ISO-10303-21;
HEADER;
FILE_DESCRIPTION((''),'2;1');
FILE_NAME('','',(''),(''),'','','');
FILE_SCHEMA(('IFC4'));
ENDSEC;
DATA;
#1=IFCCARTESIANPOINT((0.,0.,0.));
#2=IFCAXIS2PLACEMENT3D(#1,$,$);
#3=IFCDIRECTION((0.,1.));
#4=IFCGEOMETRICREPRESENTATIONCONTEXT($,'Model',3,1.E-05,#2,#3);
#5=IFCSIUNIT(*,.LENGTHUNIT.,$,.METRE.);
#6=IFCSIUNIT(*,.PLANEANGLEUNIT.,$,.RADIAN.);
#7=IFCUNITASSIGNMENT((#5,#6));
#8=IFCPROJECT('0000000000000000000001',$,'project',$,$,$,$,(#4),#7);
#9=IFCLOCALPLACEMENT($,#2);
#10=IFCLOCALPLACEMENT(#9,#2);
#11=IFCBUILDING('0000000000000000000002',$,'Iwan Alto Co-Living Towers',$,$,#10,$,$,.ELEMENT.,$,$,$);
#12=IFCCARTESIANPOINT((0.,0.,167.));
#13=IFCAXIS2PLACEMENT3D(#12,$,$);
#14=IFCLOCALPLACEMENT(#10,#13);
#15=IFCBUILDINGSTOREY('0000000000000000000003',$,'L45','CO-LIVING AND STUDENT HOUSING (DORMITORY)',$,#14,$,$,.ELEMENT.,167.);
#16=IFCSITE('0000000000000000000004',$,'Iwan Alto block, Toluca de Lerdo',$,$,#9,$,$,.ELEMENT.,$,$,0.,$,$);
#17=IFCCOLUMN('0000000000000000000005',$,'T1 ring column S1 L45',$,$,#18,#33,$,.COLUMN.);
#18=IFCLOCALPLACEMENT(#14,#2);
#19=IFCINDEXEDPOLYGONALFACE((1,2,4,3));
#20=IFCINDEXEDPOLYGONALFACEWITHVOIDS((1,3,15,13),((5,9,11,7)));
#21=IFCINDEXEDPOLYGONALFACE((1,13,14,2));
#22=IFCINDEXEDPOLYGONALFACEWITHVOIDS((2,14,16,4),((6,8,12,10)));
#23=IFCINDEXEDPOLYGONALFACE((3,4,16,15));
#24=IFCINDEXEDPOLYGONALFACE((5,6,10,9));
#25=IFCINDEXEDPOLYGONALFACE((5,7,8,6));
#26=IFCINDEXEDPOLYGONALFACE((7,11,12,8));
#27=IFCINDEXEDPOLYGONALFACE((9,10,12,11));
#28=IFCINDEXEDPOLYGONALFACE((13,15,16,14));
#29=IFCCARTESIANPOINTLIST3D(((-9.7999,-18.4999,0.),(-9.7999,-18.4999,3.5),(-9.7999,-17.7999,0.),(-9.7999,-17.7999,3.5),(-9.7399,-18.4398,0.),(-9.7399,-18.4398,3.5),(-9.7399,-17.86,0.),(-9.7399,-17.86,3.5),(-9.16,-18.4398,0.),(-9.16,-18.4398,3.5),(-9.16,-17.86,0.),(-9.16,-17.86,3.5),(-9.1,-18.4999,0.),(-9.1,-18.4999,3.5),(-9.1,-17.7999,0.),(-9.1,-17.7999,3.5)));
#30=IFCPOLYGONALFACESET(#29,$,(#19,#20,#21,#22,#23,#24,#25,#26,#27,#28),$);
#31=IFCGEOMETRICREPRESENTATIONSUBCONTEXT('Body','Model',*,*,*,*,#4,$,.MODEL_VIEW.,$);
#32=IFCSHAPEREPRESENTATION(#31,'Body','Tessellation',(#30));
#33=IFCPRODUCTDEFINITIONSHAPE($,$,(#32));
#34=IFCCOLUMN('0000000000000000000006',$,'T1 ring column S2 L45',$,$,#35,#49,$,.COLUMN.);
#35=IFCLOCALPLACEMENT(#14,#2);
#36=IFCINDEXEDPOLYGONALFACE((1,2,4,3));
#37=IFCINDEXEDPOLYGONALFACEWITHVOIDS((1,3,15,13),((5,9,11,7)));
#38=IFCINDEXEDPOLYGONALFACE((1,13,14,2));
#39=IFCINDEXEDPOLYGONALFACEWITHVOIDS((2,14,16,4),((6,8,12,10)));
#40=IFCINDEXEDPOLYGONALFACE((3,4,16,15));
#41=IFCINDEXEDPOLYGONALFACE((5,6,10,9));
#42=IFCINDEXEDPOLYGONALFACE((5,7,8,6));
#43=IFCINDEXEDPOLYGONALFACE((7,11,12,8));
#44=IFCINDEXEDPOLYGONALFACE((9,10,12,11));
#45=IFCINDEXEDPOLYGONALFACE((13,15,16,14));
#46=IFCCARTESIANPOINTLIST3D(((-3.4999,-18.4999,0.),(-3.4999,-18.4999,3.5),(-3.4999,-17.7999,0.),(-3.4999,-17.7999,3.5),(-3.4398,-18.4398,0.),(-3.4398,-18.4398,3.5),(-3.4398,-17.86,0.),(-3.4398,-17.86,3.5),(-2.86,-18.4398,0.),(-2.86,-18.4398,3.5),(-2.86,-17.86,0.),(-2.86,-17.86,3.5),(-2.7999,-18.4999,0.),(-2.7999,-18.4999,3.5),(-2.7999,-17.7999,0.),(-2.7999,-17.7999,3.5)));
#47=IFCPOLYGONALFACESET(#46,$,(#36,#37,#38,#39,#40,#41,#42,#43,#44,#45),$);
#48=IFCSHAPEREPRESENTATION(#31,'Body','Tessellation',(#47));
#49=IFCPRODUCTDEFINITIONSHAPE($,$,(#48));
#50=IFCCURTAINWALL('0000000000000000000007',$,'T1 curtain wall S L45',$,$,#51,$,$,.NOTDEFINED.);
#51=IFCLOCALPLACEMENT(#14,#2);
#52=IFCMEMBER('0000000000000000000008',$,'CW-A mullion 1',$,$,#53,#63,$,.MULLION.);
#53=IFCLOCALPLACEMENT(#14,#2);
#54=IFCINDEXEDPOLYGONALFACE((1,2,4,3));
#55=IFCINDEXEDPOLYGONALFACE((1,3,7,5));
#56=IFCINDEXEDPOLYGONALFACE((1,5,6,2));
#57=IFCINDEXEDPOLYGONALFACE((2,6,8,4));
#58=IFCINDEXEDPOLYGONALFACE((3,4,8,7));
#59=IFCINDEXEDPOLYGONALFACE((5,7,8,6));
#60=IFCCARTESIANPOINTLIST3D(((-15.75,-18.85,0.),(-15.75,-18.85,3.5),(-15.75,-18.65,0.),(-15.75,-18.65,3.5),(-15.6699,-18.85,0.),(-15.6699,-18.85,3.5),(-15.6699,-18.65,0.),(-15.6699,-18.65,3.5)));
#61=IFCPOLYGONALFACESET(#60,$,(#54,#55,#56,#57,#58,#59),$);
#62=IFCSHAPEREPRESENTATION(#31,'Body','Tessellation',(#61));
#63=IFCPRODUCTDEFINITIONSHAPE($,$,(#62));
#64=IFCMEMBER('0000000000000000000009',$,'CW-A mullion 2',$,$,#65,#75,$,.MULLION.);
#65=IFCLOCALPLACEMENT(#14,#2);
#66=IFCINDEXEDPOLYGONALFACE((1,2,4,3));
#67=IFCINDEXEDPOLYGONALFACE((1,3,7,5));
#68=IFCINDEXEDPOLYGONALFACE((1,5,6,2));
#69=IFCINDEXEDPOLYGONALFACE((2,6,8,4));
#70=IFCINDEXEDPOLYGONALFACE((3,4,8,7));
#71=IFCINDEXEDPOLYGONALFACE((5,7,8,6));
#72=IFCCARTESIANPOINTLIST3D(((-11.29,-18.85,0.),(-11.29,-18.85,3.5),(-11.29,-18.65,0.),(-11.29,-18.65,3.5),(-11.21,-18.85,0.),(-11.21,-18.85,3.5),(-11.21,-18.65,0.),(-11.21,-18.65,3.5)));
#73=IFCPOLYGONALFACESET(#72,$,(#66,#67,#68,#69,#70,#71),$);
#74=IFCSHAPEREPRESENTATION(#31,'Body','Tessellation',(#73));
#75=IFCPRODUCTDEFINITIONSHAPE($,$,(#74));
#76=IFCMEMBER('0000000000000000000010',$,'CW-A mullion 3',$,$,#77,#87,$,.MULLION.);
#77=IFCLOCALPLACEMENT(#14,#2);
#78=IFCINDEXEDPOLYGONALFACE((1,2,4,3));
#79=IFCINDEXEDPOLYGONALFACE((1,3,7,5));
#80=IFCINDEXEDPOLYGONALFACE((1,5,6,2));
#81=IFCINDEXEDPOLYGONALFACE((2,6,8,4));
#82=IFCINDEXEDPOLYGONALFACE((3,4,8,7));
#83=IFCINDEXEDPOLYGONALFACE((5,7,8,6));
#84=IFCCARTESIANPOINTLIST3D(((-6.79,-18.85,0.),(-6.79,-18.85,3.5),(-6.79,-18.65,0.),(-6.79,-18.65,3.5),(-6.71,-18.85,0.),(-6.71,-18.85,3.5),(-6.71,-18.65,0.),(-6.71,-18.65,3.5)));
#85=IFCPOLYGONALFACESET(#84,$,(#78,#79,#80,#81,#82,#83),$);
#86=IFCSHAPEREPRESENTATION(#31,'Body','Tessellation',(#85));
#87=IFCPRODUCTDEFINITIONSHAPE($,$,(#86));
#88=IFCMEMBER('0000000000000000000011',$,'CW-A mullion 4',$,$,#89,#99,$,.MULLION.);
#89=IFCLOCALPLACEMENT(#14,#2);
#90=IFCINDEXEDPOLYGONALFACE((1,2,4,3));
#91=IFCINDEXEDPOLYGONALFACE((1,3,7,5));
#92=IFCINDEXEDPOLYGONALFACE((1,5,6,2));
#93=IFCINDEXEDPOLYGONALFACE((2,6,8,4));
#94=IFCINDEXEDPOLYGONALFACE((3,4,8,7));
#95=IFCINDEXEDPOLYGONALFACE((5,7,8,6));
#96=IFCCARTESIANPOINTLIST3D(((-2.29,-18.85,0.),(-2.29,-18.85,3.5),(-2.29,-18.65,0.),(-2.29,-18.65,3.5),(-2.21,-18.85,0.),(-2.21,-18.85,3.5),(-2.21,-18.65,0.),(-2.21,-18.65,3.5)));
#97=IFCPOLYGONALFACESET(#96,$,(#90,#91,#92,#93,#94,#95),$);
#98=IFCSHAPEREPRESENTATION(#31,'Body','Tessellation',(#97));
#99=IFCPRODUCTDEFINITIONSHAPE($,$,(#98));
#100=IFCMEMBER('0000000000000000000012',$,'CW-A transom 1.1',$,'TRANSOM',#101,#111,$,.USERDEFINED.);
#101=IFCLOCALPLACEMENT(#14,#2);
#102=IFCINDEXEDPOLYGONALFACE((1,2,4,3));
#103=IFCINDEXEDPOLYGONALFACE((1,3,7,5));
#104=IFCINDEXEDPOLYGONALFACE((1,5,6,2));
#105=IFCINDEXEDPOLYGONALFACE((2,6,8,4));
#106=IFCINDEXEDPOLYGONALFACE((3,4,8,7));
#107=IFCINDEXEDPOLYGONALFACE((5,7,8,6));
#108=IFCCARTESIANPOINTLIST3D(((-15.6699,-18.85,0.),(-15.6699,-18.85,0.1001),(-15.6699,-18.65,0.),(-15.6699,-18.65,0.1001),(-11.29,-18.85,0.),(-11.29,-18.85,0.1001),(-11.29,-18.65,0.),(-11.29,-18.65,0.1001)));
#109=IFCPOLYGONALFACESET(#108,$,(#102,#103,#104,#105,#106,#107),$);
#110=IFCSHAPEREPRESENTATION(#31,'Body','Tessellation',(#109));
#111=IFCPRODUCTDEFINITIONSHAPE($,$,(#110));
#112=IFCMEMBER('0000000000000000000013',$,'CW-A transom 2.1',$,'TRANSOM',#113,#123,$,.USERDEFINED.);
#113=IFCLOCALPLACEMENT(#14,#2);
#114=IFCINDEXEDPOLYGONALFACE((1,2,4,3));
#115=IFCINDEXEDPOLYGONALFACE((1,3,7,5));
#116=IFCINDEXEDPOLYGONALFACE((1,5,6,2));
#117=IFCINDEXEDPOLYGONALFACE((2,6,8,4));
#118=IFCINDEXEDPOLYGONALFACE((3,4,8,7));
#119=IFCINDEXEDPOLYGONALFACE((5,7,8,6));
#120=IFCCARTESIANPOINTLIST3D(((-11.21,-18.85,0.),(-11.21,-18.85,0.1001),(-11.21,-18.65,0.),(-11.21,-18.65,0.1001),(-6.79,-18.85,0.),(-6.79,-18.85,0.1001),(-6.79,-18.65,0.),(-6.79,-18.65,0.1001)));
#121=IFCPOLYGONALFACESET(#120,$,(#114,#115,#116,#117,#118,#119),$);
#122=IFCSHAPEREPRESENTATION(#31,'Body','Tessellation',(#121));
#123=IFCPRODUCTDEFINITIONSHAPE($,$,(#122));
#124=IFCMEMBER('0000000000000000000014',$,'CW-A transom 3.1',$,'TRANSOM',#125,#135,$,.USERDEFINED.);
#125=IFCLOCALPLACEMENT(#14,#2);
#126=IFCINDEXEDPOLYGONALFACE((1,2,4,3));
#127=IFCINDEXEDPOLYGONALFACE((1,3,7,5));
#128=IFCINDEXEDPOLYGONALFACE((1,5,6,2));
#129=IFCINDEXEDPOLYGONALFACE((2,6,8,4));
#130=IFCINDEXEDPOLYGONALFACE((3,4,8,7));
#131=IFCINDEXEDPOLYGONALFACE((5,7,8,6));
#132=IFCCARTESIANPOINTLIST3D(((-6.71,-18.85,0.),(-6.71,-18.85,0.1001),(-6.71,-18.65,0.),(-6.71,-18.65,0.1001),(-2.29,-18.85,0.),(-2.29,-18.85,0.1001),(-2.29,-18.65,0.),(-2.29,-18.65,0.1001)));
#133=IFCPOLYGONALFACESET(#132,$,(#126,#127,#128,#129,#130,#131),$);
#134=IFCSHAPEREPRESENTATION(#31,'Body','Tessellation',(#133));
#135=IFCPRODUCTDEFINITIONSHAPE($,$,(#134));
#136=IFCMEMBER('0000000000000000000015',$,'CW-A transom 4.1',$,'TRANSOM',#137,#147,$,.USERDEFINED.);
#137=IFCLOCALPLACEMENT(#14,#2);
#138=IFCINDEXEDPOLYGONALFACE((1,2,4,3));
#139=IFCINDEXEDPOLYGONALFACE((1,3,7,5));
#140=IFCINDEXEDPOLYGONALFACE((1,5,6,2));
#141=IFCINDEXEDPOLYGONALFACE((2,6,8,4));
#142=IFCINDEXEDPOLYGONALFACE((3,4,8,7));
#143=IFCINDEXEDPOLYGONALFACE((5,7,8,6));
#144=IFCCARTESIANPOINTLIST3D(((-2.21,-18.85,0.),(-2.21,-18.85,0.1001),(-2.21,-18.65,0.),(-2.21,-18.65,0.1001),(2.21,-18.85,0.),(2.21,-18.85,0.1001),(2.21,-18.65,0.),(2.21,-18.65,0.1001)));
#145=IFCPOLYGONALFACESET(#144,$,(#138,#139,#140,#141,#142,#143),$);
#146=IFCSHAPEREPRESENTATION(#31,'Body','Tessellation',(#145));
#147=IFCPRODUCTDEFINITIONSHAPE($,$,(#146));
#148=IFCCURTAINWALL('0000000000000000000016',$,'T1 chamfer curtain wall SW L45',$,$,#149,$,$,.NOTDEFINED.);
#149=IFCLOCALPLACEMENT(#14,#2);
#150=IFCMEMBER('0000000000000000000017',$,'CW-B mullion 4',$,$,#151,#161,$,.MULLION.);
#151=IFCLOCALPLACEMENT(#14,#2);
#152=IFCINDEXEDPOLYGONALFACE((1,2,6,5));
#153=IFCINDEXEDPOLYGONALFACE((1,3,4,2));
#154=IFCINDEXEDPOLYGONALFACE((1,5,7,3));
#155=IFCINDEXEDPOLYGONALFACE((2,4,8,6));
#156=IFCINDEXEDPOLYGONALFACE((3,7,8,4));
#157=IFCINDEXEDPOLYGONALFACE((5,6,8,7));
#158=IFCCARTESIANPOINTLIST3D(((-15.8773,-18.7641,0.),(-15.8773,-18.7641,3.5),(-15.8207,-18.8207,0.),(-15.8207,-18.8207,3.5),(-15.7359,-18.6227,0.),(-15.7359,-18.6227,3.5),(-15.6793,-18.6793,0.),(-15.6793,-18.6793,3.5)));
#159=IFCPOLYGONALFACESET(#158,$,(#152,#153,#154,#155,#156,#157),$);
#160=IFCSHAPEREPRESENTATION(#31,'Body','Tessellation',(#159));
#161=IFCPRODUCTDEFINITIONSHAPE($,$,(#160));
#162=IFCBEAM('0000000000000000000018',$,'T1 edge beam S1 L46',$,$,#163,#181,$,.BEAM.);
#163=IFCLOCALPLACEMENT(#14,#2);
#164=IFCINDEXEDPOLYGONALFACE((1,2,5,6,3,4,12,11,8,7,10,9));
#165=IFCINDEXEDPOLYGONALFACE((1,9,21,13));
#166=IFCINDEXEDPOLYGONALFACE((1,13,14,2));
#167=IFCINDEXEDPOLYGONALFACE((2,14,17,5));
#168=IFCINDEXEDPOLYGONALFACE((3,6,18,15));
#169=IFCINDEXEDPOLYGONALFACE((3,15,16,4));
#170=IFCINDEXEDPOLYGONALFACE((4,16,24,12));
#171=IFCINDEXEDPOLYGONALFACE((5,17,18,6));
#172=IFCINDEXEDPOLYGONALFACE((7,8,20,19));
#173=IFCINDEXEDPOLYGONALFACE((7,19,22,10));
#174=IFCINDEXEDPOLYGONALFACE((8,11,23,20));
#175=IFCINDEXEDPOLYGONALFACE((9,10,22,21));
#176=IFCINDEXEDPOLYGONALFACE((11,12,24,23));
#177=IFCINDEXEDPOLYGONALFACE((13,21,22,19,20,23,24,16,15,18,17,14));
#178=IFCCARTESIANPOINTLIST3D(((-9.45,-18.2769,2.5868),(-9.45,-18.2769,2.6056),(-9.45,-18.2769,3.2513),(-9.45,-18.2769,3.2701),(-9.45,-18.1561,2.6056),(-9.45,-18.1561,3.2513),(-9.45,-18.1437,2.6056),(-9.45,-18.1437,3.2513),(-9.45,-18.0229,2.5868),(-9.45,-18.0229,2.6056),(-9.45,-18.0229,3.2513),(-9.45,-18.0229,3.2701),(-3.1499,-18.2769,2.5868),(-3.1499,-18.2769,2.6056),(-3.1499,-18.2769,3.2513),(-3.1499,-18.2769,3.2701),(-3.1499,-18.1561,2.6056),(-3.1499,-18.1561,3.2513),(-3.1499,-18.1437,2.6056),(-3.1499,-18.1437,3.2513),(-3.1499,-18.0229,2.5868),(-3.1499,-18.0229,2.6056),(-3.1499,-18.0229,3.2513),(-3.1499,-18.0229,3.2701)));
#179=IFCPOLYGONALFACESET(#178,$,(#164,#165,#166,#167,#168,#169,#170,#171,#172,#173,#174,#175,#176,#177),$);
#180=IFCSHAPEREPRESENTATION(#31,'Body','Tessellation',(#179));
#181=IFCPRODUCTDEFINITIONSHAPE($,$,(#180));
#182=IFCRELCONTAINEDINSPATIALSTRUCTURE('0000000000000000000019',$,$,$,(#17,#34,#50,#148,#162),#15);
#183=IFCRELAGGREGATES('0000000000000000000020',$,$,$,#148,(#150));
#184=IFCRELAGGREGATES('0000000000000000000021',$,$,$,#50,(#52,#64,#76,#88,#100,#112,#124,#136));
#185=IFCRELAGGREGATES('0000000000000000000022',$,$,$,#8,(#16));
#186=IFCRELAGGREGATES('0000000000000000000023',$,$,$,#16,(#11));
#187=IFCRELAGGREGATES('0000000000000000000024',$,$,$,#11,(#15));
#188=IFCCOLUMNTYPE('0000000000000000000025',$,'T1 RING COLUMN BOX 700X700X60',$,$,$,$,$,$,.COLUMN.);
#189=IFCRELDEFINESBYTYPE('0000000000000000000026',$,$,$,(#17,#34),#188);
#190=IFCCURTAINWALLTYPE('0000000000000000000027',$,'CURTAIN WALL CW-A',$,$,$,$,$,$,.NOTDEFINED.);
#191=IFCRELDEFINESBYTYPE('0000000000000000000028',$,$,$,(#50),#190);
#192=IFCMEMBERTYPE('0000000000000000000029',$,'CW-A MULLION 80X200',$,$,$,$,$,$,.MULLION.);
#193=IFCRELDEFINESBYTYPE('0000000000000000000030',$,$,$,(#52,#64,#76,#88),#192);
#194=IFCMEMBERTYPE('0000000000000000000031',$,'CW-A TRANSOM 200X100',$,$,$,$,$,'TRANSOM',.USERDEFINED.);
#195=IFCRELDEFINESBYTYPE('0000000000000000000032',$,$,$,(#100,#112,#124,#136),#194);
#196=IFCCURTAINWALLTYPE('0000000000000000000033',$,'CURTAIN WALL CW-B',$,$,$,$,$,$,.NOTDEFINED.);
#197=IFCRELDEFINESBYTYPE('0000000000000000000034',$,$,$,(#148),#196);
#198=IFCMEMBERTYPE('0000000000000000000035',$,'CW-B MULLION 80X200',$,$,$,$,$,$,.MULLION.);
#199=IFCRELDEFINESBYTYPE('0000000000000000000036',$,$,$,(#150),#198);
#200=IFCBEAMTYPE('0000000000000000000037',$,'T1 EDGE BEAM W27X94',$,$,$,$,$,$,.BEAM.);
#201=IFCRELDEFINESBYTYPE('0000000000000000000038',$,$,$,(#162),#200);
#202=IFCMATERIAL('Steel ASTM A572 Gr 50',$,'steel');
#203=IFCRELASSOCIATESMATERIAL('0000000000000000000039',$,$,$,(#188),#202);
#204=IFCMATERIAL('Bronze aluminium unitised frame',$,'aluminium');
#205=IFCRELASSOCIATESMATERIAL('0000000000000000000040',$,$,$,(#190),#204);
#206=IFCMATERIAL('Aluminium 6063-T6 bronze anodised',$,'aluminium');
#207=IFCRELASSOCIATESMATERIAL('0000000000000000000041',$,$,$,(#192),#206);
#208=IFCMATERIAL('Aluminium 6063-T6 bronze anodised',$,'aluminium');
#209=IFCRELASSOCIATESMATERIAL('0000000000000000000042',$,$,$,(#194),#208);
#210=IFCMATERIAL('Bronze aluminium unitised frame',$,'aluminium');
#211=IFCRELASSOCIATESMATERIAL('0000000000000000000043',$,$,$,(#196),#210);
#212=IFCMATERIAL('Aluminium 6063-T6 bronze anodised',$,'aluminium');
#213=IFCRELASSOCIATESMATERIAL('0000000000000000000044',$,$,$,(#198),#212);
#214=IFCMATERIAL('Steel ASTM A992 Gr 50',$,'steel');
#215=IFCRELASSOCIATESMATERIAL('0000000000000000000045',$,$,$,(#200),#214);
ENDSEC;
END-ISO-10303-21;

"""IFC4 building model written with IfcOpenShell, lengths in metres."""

from ifc_helpers import new_model, si_unit, direction, frame, origin, origin_2d, place, context, subcontext, project, spatial, rectangle, hollow_rectangle, i_section, extrude, material, material_profile, profile_set, type_object, element, aggregate, save


model = new_model("IFC4")

# Units and contexts
model_context = context("Model", 3, precision=1e-05, world=origin(), true_north=direction((0.0, 1.0)))
body_context = subcontext(model_context, "Body", "Model", "MODEL_VIEW")
ifc_project = project(units=[si_unit("LENGTHUNIT", "METRE"), si_unit("PLANEANGLEUNIT", "RADIAN")], contexts=[model_context])

# Site, building, storey
site_placement = place(None, origin())
site = spatial("IfcSite", under=ifc_project, at=site_placement, Name="Iwan Alto block, Toluca de Lerdo", CompositionType="ELEMENT", RefElevation=0.0)
building_placement = place(site_placement, origin())
building = spatial("IfcBuilding", under=site, at=building_placement, Name="Iwan Alto Co-Living Towers", CompositionType="ELEMENT")
storey_placement = place(building_placement, frame((0.0, 0.0, 167.0)))
storey = spatial("IfcBuildingStorey", under=building, at=storey_placement, Name="L45", Description="CO-LIVING AND STUDENT HOUSING (DORMITORY)", CompositionType="ELEMENT", Elevation=167.0)

# Columns
ifc_material_1 = material(Name="Steel ASTM A572 Gr 50", Category="steel")
ifc_material_profile_1 = material_profile(ifc_material_1, hollow_rectangle(XDim=0.7, YDim=0.7, WallThickness=0.0601, at=origin_2d()), Name="BOX 700X700X60")
ifc_profile_set_1 = profile_set([ifc_material_profile_1], Name="Steel ASTM A572 Gr 50")
column_type = type_object("IfcColumnType", Name="T1 RING COLUMN BOX 700X700X60", PredefinedType="COLUMN", material=ifc_profile_set_1)
for number, where, z_axis, x_axis, name in (
    (1, (-9.45, -18.1499, 0.0), (0.0, 0.0, 1.0), (1.0, 0.0, 0.0), "T1 ring column S1 L45"),
    (2, (-3.1499, -18.1499, 0.0), (0.0, 0.0, 1.0), (1.0, 0.0, 0.0), "T1 ring column S2 L45"),
):
    element("IfcColumn", number, at=place(storey_placement, frame(where, z_axis=z_axis, x_axis=x_axis)), inside=storey, type_object=column_type, Name=name, PredefinedType="COLUMN", context=body_context, shape_type="SweptSolid", body=[
        extrude(hollow_rectangle(XDim=0.7, YDim=0.7, WallThickness=0.0601, at=origin_2d()), origin(), (0.0, 0.0, 1.0), 3.5),
    ])

# Curtain wall, members
ifc_material_2 = material(Name="Bronze aluminium unitised frame", Category="aluminium")
curtain_wall_type_1 = type_object("IfcCurtainWallType", Name="CURTAIN WALL CW-A", PredefinedType="NOTDEFINED", material=ifc_material_2)
curtain_wall_1_placement = place(storey_placement, origin())
curtain_wall_1 = element("IfcCurtainWall", 3, at=curtain_wall_1_placement, inside=storey, type_object=curtain_wall_type_1, Name="T1 curtain wall S L45", PredefinedType="NOTDEFINED")
ifc_material_3 = material(Name="Aluminium 6063-T6 bronze anodised", Category="aluminium")
ifc_material_profile_2 = material_profile(ifc_material_3, rectangle(XDim=0.2, YDim=0.0801, at=origin_2d()), Name="AL 80X200")
ifc_profile_set_2 = profile_set([ifc_material_profile_2], Name="Aluminium 6063-T6 bronze anodised")
member_type_1 = type_object("IfcMemberType", Name="CW-A MULLION 80X200", PredefinedType="MULLION", material=ifc_profile_set_2)
member_1_placement = place(storey_placement, frame((-15.71, -18.75, 0.0), z_axis=(0.0, 0.0, 1.0), x_axis=(0.0, 1.0, 0.0)))
member_1 = element("IfcMember", 4, at=member_1_placement, type_object=member_type_1, Name="CW-A mullion 1", PredefinedType="MULLION", context=body_context, shape_type="SweptSolid", body=[
    extrude(rectangle(XDim=0.2, YDim=0.0801, at=origin_2d()), origin(), (0.0, 0.0, 1.0), 3.5),
])
member_2_placement = place(storey_placement, frame((-11.25, -18.75, 0.0), z_axis=(0.0, 0.0, 1.0), x_axis=(0.0, 1.0, 0.0)))
member_2 = element("IfcMember", 5, at=member_2_placement, type_object=member_type_1, Name="CW-A mullion 2", PredefinedType="MULLION", context=body_context, shape_type="SweptSolid", body=[
    extrude(rectangle(XDim=0.2, YDim=0.0801, at=origin_2d()), origin(), (0.0, 0.0, 1.0), 3.5),
])
member_3_placement = place(storey_placement, frame((-6.75, -18.75, 0.0), z_axis=(0.0, 0.0, 1.0), x_axis=(0.0, 1.0, 0.0)))
member_3 = element("IfcMember", 6, at=member_3_placement, type_object=member_type_1, Name="CW-A mullion 3", PredefinedType="MULLION", context=body_context, shape_type="SweptSolid", body=[
    extrude(rectangle(XDim=0.2, YDim=0.0801, at=origin_2d()), origin(), (0.0, 0.0, 1.0), 3.5),
])
member_4_placement = place(storey_placement, frame((-2.25, -18.75, 0.0), z_axis=(0.0, 0.0, 1.0), x_axis=(0.0, 1.0, 0.0)))
member_4 = element("IfcMember", 7, at=member_4_placement, type_object=member_type_1, Name="CW-A mullion 4", PredefinedType="MULLION", context=body_context, shape_type="SweptSolid", body=[
    extrude(rectangle(XDim=0.2, YDim=0.0801, at=origin_2d()), origin(), (0.0, 0.0, 1.0), 3.5),
])
ifc_material_4 = material(Name="Aluminium 6063-T6 bronze anodised", Category="aluminium")
ifc_material_profile_3 = material_profile(ifc_material_4, rectangle(XDim=0.2, YDim=0.1001, at=origin_2d()), Name="AL 200X100")
ifc_profile_set_3 = profile_set([ifc_material_profile_3], Name="Aluminium 6063-T6 bronze anodised")
member_type_2 = type_object("IfcMemberType", Name="CW-A TRANSOM 200X100", ElementType="TRANSOM", PredefinedType="USERDEFINED", material=ifc_profile_set_3)
member_5_placement = place(storey_placement, frame((-15.6699, -18.75, 0.05), z_axis=(1.0, 0.0, 0.0), x_axis=(0.0, 1.0, 0.0)))
member_5 = element("IfcMember", 8, at=member_5_placement, type_object=member_type_2, Name="CW-A transom 1.1", ObjectType="TRANSOM", PredefinedType="USERDEFINED", context=body_context, shape_type="SweptSolid", body=[
    extrude(rectangle(XDim=0.2, YDim=0.1001, at=origin_2d()), origin(), (0.0, 0.0, 1.0), 4.3799),
])
member_6_placement = place(storey_placement, frame((-11.21, -18.75, 0.05), z_axis=(1.0, 0.0, 0.0), x_axis=(0.0, 1.0, 0.0)))
member_6 = element("IfcMember", 9, at=member_6_placement, type_object=member_type_2, Name="CW-A transom 2.1", ObjectType="TRANSOM", PredefinedType="USERDEFINED", context=body_context, shape_type="SweptSolid", body=[
    extrude(rectangle(XDim=0.2, YDim=0.1001, at=origin_2d()), origin(), (0.0, 0.0, 1.0), 4.4199),
])
member_7_placement = place(storey_placement, frame((-6.71, -18.75, 0.05), z_axis=(1.0, 0.0, 0.0), x_axis=(0.0, 1.0, 0.0)))
member_7 = element("IfcMember", 10, at=member_7_placement, type_object=member_type_2, Name="CW-A transom 3.1", ObjectType="TRANSOM", PredefinedType="USERDEFINED", context=body_context, shape_type="SweptSolid", body=[
    extrude(rectangle(XDim=0.2, YDim=0.1001, at=origin_2d()), origin(), (0.0, 0.0, 1.0), 4.4199),
])
member_8_placement = place(storey_placement, frame((-2.21, -18.75, 0.05), z_axis=(1.0, 0.0, 0.0), x_axis=(0.0, 1.0, 0.0)))
member_8 = element("IfcMember", 11, at=member_8_placement, type_object=member_type_2, Name="CW-A transom 4.1", ObjectType="TRANSOM", PredefinedType="USERDEFINED", context=body_context, shape_type="SweptSolid", body=[
    extrude(rectangle(XDim=0.2, YDim=0.1001, at=origin_2d()), origin(), (0.0, 0.0, 1.0), 4.4199),
])

# Curtain wall, member
ifc_material_5 = material(Name="Bronze aluminium unitised frame", Category="aluminium")
curtain_wall_type_2 = type_object("IfcCurtainWallType", Name="CURTAIN WALL CW-B", PredefinedType="NOTDEFINED", material=ifc_material_5)
curtain_wall_2_placement = place(storey_placement, origin())
curtain_wall_2 = element("IfcCurtainWall", 12, at=curtain_wall_2_placement, inside=storey, type_object=curtain_wall_type_2, Name="T1 chamfer curtain wall SW L45", PredefinedType="NOTDEFINED")
ifc_material_6 = material(Name="Aluminium 6063-T6 bronze anodised", Category="aluminium")
ifc_material_profile_4 = material_profile(ifc_material_6, rectangle(XDim=0.2, YDim=0.0801, at=origin_2d()), Name="AL 80X200")
ifc_profile_set_4 = profile_set([ifc_material_profile_4], Name="Aluminium 6063-T6 bronze anodised")
member_type_3 = type_object("IfcMemberType", Name="CW-B MULLION 80X200", PredefinedType="MULLION", material=ifc_profile_set_4)
member_9_placement = place(storey_placement, frame((-15.7783, -18.7217, 0.0), z_axis=(0.0, 0.0, 1.0), x_axis=(0.707107, 0.707107, 0.0)))
member_9 = element("IfcMember", 13, at=member_9_placement, type_object=member_type_3, Name="CW-B mullion 4", PredefinedType="MULLION", context=body_context, shape_type="SweptSolid", body=[
    extrude(rectangle(XDim=0.2, YDim=0.0801, at=origin_2d()), origin(), (0.0, 0.0, 1.0), 3.5),
])
aggregate(curtain_wall_2, [member_9])

# Beam
ifc_material_7 = material(Name="Steel ASTM A992 Gr 50", Category="steel")
ifc_material_profile_5 = material_profile(ifc_material_7, i_section(OverallWidth=0.2539, OverallDepth=0.6833, WebThickness=0.0125, FlangeThickness=0.0188, at=origin_2d()), Name="W27X94")
ifc_profile_set_5 = profile_set([ifc_material_profile_5], Name="Steel ASTM A992 Gr 50")
beam_type_1 = type_object("IfcBeamType", Name="T1 EDGE BEAM W27X94", PredefinedType="BEAM", material=ifc_profile_set_5)
beam_1_placement = place(storey_placement, frame((-9.45, -18.1499, 2.9285), z_axis=(1.0, 0.0, 0.0), x_axis=(0.0, 1.0, 0.0)))
element("IfcBeam", 14, at=beam_1_placement, inside=storey, type_object=beam_type_1, Name="T1 edge beam S1 L46", PredefinedType="BEAM", context=body_context, shape_type="SweptSolid", body=[
    extrude(i_section(OverallWidth=0.2539, OverallDepth=0.6833, WebThickness=0.0125, FlangeThickness=0.0188, at=origin_2d()), origin(), (0.0, 0.0, 1.0), 6.3),
])

aggregate(curtain_wall_1, [member_1, member_2, member_3, member_4, member_5, member_6, member_7, member_8])

save(model, "model.ifc")
